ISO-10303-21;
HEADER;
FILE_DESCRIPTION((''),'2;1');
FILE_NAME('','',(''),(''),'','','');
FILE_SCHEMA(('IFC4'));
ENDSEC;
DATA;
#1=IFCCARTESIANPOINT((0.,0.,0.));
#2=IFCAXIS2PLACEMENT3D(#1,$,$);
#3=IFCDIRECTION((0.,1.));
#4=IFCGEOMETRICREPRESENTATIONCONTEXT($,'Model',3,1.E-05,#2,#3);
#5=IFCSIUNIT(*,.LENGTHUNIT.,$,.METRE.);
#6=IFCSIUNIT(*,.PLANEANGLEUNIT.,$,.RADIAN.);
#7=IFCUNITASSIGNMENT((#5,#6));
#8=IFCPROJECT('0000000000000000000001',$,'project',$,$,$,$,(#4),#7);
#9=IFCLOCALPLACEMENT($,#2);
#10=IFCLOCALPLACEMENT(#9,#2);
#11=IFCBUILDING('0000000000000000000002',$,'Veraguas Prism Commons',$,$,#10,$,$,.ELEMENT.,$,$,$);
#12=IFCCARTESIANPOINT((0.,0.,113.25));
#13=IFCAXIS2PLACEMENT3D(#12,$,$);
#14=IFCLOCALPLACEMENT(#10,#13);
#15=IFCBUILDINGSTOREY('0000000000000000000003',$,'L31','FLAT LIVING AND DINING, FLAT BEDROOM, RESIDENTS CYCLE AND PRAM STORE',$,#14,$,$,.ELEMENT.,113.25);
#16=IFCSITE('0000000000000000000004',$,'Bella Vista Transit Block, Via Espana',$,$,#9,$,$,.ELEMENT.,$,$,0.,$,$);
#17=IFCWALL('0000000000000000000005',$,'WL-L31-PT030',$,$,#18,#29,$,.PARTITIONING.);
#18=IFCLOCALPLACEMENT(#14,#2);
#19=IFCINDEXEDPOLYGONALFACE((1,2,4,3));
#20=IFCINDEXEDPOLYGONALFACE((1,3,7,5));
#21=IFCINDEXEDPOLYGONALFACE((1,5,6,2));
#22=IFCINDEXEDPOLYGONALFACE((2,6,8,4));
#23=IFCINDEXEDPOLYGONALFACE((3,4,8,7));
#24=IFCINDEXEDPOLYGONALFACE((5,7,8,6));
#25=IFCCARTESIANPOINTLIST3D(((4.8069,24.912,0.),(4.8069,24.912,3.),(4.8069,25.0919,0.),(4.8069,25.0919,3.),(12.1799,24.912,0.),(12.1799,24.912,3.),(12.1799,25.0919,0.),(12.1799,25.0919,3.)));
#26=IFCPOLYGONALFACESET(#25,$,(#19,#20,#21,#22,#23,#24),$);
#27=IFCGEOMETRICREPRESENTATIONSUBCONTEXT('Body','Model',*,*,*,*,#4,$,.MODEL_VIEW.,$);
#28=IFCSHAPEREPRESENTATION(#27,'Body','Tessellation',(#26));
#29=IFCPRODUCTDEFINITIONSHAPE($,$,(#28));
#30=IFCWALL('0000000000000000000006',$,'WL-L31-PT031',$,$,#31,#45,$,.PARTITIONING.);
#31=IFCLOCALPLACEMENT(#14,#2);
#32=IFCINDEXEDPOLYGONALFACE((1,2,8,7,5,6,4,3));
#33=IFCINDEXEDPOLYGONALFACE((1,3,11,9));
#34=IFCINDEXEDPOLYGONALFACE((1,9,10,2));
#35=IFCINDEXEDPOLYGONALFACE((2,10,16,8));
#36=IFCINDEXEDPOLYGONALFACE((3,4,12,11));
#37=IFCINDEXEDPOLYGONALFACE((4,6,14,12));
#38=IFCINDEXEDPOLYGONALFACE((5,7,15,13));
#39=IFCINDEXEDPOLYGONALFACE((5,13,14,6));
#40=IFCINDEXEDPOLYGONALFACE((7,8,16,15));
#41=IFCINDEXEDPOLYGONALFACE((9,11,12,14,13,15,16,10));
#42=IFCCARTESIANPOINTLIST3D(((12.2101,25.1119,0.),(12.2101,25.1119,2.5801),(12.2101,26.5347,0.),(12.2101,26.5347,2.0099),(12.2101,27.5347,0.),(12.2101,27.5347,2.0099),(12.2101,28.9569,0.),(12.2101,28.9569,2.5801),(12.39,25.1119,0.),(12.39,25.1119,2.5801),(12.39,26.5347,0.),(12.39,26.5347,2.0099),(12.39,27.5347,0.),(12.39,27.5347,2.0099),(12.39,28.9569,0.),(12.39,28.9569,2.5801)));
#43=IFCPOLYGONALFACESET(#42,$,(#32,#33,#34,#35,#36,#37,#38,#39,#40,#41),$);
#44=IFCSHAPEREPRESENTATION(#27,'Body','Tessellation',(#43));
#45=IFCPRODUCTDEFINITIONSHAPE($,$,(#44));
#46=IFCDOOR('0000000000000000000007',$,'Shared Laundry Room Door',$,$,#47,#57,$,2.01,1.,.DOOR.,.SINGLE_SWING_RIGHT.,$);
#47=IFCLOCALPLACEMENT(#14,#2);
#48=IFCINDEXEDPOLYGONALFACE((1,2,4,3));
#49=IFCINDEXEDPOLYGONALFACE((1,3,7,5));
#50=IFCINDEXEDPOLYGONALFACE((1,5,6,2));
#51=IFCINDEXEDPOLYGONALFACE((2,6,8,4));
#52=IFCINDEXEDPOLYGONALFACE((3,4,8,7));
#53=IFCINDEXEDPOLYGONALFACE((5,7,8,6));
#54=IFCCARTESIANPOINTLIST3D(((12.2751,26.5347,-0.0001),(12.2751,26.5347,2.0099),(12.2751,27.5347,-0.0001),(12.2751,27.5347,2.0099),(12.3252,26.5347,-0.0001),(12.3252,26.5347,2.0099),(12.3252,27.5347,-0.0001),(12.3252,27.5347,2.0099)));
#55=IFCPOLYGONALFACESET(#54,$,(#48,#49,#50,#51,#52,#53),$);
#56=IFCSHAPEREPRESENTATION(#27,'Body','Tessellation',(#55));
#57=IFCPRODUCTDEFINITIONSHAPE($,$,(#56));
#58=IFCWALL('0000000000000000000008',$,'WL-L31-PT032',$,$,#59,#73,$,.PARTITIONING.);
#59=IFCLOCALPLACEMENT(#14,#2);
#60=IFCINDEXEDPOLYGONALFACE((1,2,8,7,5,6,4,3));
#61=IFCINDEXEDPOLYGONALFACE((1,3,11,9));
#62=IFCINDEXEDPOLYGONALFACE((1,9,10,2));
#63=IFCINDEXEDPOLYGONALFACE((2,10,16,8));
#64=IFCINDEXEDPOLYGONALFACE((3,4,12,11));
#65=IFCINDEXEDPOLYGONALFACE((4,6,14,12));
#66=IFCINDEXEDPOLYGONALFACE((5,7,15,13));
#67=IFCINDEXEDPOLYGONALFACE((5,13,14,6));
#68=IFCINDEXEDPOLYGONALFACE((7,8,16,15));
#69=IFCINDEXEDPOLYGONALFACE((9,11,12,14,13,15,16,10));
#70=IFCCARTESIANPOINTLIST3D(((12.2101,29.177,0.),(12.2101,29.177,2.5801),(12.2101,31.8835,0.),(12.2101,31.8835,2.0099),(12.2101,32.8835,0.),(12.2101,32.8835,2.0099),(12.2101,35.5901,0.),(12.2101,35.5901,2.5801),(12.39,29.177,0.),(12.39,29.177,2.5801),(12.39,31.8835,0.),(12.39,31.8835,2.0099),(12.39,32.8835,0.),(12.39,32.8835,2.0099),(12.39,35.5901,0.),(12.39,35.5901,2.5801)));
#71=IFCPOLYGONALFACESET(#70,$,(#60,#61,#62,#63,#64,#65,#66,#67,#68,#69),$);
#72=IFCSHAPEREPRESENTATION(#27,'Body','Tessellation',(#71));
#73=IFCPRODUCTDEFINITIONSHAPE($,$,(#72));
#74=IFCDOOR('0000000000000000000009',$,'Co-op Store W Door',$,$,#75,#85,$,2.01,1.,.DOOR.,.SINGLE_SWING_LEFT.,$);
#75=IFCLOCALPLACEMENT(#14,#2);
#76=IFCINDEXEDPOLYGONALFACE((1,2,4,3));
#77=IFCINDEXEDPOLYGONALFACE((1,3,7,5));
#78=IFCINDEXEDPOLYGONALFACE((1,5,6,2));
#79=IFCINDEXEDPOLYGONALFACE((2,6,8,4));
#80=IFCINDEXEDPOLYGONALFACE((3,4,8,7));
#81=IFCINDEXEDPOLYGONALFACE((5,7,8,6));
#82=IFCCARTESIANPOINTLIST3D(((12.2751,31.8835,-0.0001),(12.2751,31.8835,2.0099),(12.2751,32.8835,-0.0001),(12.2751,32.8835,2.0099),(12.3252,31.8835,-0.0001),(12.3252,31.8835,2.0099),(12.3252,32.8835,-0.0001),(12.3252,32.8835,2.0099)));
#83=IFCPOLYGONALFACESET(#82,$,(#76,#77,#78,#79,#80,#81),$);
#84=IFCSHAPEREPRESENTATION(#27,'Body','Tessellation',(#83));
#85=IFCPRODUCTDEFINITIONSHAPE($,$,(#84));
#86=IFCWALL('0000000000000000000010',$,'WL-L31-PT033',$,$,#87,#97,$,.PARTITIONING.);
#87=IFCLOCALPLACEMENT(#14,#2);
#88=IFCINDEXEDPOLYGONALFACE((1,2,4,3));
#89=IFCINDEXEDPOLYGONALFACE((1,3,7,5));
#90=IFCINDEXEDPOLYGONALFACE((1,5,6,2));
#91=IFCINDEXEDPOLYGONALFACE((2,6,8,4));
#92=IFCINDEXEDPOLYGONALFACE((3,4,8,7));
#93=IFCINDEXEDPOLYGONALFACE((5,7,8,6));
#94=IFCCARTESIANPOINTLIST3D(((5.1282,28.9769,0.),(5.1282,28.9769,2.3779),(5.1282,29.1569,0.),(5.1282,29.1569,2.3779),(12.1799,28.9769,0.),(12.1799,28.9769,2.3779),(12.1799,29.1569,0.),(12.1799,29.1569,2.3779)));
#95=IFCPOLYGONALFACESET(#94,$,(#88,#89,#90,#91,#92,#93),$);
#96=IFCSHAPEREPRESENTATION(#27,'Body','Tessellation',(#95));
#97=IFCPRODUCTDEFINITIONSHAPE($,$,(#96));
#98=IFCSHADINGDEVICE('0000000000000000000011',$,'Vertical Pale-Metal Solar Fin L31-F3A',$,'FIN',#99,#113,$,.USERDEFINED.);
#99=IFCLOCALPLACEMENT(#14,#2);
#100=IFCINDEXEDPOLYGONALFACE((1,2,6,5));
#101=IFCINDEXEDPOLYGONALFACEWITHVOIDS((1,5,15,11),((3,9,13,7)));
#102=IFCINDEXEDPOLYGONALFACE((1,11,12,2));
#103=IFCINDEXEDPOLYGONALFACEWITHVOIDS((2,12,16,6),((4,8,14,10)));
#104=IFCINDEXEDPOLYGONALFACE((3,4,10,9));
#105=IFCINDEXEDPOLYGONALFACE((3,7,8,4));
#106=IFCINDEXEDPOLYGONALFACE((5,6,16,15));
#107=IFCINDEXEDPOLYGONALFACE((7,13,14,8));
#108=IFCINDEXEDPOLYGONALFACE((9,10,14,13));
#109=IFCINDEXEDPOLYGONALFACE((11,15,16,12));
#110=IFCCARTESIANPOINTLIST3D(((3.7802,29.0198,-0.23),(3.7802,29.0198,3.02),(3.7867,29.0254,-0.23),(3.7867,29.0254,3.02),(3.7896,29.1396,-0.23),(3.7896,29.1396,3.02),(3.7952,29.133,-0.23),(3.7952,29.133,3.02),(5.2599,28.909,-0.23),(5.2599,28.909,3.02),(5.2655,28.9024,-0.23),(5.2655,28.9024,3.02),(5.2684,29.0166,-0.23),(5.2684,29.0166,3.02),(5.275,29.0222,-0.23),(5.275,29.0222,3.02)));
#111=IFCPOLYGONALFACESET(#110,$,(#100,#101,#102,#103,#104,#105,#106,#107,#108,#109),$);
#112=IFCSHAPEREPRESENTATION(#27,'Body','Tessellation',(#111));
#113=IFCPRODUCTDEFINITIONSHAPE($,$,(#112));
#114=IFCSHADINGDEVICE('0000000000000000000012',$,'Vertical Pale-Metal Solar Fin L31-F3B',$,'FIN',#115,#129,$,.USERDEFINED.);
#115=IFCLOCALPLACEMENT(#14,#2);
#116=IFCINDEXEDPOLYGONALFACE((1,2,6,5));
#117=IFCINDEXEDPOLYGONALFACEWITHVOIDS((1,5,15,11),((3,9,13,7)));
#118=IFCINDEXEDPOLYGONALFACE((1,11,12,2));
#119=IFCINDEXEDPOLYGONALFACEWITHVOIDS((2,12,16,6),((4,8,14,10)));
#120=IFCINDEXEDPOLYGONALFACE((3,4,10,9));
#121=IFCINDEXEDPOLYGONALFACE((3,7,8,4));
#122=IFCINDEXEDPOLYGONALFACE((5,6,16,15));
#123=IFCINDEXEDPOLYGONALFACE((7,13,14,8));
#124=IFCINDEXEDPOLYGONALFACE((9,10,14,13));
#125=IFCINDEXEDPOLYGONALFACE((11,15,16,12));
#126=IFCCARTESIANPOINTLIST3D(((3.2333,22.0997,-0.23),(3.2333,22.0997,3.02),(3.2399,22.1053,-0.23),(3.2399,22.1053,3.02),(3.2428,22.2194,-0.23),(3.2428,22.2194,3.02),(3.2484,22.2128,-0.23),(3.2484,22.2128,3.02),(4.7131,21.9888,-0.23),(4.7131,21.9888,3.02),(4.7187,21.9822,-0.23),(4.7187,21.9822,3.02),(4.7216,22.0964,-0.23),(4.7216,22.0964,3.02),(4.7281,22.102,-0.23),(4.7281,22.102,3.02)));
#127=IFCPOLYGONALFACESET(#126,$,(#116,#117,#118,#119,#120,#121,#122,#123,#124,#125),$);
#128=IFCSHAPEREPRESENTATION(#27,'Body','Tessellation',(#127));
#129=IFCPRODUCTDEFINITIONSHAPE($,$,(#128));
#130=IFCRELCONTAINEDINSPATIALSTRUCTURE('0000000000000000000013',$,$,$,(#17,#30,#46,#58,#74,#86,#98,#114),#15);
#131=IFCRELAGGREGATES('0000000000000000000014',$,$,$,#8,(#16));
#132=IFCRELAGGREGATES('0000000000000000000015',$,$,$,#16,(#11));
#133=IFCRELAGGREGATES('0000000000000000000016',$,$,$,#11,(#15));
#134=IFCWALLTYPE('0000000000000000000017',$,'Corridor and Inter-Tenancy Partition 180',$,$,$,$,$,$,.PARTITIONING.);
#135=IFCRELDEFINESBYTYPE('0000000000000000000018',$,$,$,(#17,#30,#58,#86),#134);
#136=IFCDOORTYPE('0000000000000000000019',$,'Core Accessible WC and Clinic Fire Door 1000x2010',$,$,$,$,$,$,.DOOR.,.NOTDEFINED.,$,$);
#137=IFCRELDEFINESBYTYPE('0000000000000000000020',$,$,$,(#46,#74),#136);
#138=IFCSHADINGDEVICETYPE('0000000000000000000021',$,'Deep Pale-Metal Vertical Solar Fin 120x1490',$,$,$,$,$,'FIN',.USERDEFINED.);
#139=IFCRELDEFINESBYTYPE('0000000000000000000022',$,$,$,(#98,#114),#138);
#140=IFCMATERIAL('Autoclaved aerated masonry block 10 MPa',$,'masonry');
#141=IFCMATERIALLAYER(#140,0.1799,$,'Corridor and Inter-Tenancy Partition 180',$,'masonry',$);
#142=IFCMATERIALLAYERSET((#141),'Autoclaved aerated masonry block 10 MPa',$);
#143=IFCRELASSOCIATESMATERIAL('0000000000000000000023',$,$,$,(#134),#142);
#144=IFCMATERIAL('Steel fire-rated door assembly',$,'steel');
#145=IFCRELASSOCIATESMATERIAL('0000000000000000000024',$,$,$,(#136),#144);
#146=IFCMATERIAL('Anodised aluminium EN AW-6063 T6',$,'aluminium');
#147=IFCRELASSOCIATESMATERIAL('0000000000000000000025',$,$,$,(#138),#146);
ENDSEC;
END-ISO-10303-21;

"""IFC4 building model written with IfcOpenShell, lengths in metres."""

from ifc_helpers import new_model, si_unit, direction, frame, frame_2d, origin, origin_2d, place, context, subcontext, project, spatial, rectangle, hollow_rectangle, extrude, source, transform, mapped, material, layer, layer_set, material_profile, profile_set, type_object, element, fill, save


model = new_model("IFC4")

# Units and contexts
model_context = context("Model", 3, precision=1e-05, world=origin(), true_north=direction((0.0, 1.0)))
body_context = subcontext(model_context, "Body", "Model", "MODEL_VIEW")
ifc_project = project(units=[si_unit("LENGTHUNIT", "METRE"), si_unit("PLANEANGLEUNIT", "RADIAN")], contexts=[model_context])

# Site, building, storey
site_placement = place(None, origin())
site = spatial("IfcSite", under=ifc_project, at=site_placement, Name="Bella Vista Transit Block, Via Espana", CompositionType="ELEMENT", RefElevation=0.0)
building_placement = place(site_placement, origin())
building = spatial("IfcBuilding", under=site, at=building_placement, Name="Veraguas Prism Commons", CompositionType="ELEMENT")
storey_placement = place(building_placement, frame((0.0, 0.0, 113.25)))
storey = spatial("IfcBuildingStorey", under=building, at=storey_placement, Name="L31", Description="FLAT LIVING AND DINING, FLAT BEDROOM, RESIDENTS CYCLE AND PRAM STORE", CompositionType="ELEMENT", Elevation=113.25)

# Shared definitions
ifc_material_1 = material(Name="Anodised aluminium EN AW-6063 T6", Category="aluminium")

# Wall
ifc_material_2 = material(Name="Autoclaved aerated masonry block 10 MPa", Category="masonry")
ifc_layer_1 = layer(ifc_material_2, 0.1799, Name="Corridor and Inter-Tenancy Partition 180", Category="masonry")
ifc_layer_set_1 = layer_set([ifc_layer_1], Name="Autoclaved aerated masonry block 10 MPa")
wall_type = type_object("IfcWallType", Name="Corridor and Inter-Tenancy Partition 180", PredefinedType="PARTITIONING", material=ifc_layer_set_1)
wall_1_placement = place(storey_placement, frame((12.1799, 25.002, 0.0), z_axis=(0.0, 0.0, 1.0), x_axis=(-1.0, 0.0, 0.0)))
element("IfcWall", 1, at=wall_1_placement, inside=storey, type_object=wall_type, Name="WL-L31-PT030", PredefinedType="PARTITIONING", context=body_context, shape_type="SweptSolid", body=[
    extrude(rectangle(XDim=7.373, YDim=0.1799, at=frame_2d((3.6865, 0.0))), origin(), (0.0, 0.0, 1.0), 3.0),
])

# Walls, openings, doors
wall_2_placement = place(storey_placement, frame((12.3, 25.1121, 0.0), z_axis=(0.0, 0.0, 1.0), x_axis=(0.0, 1.0, 0.0)))
wall_2 = element("IfcWall", 2, at=wall_2_placement, inside=storey, type_object=wall_type, Name="WL-L31-PT031", PredefinedType="PARTITIONING", context=body_context, shape_type="SweptSolid", body=[
    extrude(rectangle(XDim=3.845, YDim=0.1799, at=frame_2d((1.9224, 0.0))), origin(), (0.0, 0.0, 1.0), 2.5801),
])
opening_1_placement = place(wall_2_placement, frame((1.4226, 0.0, 0.0)))
opening_1 = element("IfcOpeningElement", 3, at=opening_1_placement, cuts=wall_2, PredefinedType="OPENING", context=body_context, shape_type="SweptSolid", body=[
    extrude(rectangle(XDim=1.0, YDim=2.01, at=frame_2d((0.5, 1.0049))), frame((0.0, 0.0999, 0.0), z_axis=(0.0, -1.0, 0.0), x_axis=(1.0, 0.0, 0.0)), (0.0, 0.0, 1.0), 0.2),
])
ifc_material_3 = material(Name="Steel fire-rated door assembly", Category="steel")
door_type = type_object("IfcDoorType", Name="Core Accessible WC and Clinic Fire Door 1000x2010", OperationType="NOTDEFINED", PredefinedType="DOOR", material=ifc_material_3)
shared_shape_1 = source(origin(), body_context, "Body", "SweptSolid", [
    extrude(rectangle(XDim=1.0, YDim=2.01, at=frame_2d((0.5, 1.0049))), frame((0.0, 0.0249, 0.0), z_axis=(0.0, -1.0, 0.0), x_axis=(1.0, 0.0, 0.0)), (0.0, 0.0, 1.0), 0.05),
])
door_1_placement = place(opening_1_placement, origin())
door_1 = element("IfcDoor", 4, at=door_1_placement, inside=storey, type_object=door_type, Name="Shared Laundry Room Door", OperationType="SINGLE_SWING_RIGHT", OverallHeight=2.01, OverallWidth=1.0, PredefinedType="DOOR", context=body_context, shape_type="MappedRepresentation", body=[
    mapped(shared_shape_1, transform((0.0, 0.0, 0.0), scale=1.0)),
])
fill(opening_1, door_1)
wall_3_placement = place(storey_placement, frame((12.3, 29.177, 0.0), z_axis=(0.0, 0.0, 1.0), x_axis=(0.0, 1.0, 0.0)))
wall_3 = element("IfcWall", 5, at=wall_3_placement, inside=storey, type_object=wall_type, Name="WL-L31-PT032", PredefinedType="PARTITIONING", context=body_context, shape_type="SweptSolid", body=[
    extrude(rectangle(XDim=6.4131, YDim=0.1799, at=frame_2d((3.2065, 0.0))), origin(), (0.0, 0.0, 1.0), 2.5801),
])
opening_2_placement = place(wall_3_placement, frame((2.7065, 0.0, 0.0)))
opening_2 = element("IfcOpeningElement", 6, at=opening_2_placement, cuts=wall_3, PredefinedType="OPENING", context=body_context, shape_type="SweptSolid", body=[
    extrude(rectangle(XDim=1.0, YDim=2.01, at=frame_2d((0.5, 1.0049))), frame((0.0, 0.0999, 0.0), z_axis=(0.0, -1.0, 0.0), x_axis=(1.0, 0.0, 0.0)), (0.0, 0.0, 1.0), 0.2),
])
door_2_placement = place(opening_2_placement, origin())
door_2 = element("IfcDoor", 7, at=door_2_placement, inside=storey, type_object=door_type, Name="Co-op Store W Door", OperationType="SINGLE_SWING_LEFT", OverallHeight=2.01, OverallWidth=1.0, PredefinedType="DOOR", context=body_context, shape_type="MappedRepresentation", body=[
    mapped(shared_shape_1, transform((0.0, 0.0, 0.0), scale=1.0)),
])
fill(opening_2, door_2)

# Wall
wall_4_placement = place(storey_placement, frame((12.1799, 29.0669, 0.0), z_axis=(0.0, 0.0, 1.0), x_axis=(-1.0, 0.0, 0.0)))
element("IfcWall", 8, at=wall_4_placement, inside=storey, type_object=wall_type, Name="WL-L31-PT033", PredefinedType="PARTITIONING", context=body_context, shape_type="SweptSolid", body=[
    extrude(rectangle(XDim=7.0518, YDim=0.1799, at=frame_2d((3.5259, 0.0))), origin(), (0.0, 0.0, 1.0), 2.3779),
])

# Shading devices
ifc_material_profile_1 = material_profile(ifc_material_1, hollow_rectangle(XDim=0.1201, YDim=1.49, WallThickness=0.0061, at=origin_2d()), Name="FIN120X1490X6")
ifc_profile_set_1 = profile_set([ifc_material_profile_1], Name="Anodised aluminium EN AW-6063 T6")
shading_device_type = type_object("IfcShadingDeviceType", Name="Deep Pale-Metal Vertical Solar Fin 120x1490", ElementType="FIN", PredefinedType="USERDEFINED", material=ifc_profile_set_1)
for number, where, z_axis, x_axis, name in (
    (9, (4.5276, 29.021, -0.23), (0.0, 0.0, 1.0), (-0.078804, -0.99689, 0.0), "Vertical Pale-Metal Solar Fin L31-F3A"),
    (10, (3.9807, 22.1008, -0.23), (0.0, 0.0, 1.0), (-0.078804, -0.99689, 0.0), "Vertical Pale-Metal Solar Fin L31-F3B"),
):
    element("IfcShadingDevice", number, at=place(storey_placement, frame(where, z_axis=z_axis, x_axis=x_axis)), inside=storey, type_object=shading_device_type, Name=name, ObjectType="FIN", PredefinedType="USERDEFINED", context=body_context, shape_type="SweptSolid", body=[
        extrude(hollow_rectangle(XDim=0.1201, YDim=1.49, WallThickness=0.0061, at=origin_2d()), origin(), (0.0, 0.0, 1.0), 3.25),
    ])

save(model, "model.ifc")
